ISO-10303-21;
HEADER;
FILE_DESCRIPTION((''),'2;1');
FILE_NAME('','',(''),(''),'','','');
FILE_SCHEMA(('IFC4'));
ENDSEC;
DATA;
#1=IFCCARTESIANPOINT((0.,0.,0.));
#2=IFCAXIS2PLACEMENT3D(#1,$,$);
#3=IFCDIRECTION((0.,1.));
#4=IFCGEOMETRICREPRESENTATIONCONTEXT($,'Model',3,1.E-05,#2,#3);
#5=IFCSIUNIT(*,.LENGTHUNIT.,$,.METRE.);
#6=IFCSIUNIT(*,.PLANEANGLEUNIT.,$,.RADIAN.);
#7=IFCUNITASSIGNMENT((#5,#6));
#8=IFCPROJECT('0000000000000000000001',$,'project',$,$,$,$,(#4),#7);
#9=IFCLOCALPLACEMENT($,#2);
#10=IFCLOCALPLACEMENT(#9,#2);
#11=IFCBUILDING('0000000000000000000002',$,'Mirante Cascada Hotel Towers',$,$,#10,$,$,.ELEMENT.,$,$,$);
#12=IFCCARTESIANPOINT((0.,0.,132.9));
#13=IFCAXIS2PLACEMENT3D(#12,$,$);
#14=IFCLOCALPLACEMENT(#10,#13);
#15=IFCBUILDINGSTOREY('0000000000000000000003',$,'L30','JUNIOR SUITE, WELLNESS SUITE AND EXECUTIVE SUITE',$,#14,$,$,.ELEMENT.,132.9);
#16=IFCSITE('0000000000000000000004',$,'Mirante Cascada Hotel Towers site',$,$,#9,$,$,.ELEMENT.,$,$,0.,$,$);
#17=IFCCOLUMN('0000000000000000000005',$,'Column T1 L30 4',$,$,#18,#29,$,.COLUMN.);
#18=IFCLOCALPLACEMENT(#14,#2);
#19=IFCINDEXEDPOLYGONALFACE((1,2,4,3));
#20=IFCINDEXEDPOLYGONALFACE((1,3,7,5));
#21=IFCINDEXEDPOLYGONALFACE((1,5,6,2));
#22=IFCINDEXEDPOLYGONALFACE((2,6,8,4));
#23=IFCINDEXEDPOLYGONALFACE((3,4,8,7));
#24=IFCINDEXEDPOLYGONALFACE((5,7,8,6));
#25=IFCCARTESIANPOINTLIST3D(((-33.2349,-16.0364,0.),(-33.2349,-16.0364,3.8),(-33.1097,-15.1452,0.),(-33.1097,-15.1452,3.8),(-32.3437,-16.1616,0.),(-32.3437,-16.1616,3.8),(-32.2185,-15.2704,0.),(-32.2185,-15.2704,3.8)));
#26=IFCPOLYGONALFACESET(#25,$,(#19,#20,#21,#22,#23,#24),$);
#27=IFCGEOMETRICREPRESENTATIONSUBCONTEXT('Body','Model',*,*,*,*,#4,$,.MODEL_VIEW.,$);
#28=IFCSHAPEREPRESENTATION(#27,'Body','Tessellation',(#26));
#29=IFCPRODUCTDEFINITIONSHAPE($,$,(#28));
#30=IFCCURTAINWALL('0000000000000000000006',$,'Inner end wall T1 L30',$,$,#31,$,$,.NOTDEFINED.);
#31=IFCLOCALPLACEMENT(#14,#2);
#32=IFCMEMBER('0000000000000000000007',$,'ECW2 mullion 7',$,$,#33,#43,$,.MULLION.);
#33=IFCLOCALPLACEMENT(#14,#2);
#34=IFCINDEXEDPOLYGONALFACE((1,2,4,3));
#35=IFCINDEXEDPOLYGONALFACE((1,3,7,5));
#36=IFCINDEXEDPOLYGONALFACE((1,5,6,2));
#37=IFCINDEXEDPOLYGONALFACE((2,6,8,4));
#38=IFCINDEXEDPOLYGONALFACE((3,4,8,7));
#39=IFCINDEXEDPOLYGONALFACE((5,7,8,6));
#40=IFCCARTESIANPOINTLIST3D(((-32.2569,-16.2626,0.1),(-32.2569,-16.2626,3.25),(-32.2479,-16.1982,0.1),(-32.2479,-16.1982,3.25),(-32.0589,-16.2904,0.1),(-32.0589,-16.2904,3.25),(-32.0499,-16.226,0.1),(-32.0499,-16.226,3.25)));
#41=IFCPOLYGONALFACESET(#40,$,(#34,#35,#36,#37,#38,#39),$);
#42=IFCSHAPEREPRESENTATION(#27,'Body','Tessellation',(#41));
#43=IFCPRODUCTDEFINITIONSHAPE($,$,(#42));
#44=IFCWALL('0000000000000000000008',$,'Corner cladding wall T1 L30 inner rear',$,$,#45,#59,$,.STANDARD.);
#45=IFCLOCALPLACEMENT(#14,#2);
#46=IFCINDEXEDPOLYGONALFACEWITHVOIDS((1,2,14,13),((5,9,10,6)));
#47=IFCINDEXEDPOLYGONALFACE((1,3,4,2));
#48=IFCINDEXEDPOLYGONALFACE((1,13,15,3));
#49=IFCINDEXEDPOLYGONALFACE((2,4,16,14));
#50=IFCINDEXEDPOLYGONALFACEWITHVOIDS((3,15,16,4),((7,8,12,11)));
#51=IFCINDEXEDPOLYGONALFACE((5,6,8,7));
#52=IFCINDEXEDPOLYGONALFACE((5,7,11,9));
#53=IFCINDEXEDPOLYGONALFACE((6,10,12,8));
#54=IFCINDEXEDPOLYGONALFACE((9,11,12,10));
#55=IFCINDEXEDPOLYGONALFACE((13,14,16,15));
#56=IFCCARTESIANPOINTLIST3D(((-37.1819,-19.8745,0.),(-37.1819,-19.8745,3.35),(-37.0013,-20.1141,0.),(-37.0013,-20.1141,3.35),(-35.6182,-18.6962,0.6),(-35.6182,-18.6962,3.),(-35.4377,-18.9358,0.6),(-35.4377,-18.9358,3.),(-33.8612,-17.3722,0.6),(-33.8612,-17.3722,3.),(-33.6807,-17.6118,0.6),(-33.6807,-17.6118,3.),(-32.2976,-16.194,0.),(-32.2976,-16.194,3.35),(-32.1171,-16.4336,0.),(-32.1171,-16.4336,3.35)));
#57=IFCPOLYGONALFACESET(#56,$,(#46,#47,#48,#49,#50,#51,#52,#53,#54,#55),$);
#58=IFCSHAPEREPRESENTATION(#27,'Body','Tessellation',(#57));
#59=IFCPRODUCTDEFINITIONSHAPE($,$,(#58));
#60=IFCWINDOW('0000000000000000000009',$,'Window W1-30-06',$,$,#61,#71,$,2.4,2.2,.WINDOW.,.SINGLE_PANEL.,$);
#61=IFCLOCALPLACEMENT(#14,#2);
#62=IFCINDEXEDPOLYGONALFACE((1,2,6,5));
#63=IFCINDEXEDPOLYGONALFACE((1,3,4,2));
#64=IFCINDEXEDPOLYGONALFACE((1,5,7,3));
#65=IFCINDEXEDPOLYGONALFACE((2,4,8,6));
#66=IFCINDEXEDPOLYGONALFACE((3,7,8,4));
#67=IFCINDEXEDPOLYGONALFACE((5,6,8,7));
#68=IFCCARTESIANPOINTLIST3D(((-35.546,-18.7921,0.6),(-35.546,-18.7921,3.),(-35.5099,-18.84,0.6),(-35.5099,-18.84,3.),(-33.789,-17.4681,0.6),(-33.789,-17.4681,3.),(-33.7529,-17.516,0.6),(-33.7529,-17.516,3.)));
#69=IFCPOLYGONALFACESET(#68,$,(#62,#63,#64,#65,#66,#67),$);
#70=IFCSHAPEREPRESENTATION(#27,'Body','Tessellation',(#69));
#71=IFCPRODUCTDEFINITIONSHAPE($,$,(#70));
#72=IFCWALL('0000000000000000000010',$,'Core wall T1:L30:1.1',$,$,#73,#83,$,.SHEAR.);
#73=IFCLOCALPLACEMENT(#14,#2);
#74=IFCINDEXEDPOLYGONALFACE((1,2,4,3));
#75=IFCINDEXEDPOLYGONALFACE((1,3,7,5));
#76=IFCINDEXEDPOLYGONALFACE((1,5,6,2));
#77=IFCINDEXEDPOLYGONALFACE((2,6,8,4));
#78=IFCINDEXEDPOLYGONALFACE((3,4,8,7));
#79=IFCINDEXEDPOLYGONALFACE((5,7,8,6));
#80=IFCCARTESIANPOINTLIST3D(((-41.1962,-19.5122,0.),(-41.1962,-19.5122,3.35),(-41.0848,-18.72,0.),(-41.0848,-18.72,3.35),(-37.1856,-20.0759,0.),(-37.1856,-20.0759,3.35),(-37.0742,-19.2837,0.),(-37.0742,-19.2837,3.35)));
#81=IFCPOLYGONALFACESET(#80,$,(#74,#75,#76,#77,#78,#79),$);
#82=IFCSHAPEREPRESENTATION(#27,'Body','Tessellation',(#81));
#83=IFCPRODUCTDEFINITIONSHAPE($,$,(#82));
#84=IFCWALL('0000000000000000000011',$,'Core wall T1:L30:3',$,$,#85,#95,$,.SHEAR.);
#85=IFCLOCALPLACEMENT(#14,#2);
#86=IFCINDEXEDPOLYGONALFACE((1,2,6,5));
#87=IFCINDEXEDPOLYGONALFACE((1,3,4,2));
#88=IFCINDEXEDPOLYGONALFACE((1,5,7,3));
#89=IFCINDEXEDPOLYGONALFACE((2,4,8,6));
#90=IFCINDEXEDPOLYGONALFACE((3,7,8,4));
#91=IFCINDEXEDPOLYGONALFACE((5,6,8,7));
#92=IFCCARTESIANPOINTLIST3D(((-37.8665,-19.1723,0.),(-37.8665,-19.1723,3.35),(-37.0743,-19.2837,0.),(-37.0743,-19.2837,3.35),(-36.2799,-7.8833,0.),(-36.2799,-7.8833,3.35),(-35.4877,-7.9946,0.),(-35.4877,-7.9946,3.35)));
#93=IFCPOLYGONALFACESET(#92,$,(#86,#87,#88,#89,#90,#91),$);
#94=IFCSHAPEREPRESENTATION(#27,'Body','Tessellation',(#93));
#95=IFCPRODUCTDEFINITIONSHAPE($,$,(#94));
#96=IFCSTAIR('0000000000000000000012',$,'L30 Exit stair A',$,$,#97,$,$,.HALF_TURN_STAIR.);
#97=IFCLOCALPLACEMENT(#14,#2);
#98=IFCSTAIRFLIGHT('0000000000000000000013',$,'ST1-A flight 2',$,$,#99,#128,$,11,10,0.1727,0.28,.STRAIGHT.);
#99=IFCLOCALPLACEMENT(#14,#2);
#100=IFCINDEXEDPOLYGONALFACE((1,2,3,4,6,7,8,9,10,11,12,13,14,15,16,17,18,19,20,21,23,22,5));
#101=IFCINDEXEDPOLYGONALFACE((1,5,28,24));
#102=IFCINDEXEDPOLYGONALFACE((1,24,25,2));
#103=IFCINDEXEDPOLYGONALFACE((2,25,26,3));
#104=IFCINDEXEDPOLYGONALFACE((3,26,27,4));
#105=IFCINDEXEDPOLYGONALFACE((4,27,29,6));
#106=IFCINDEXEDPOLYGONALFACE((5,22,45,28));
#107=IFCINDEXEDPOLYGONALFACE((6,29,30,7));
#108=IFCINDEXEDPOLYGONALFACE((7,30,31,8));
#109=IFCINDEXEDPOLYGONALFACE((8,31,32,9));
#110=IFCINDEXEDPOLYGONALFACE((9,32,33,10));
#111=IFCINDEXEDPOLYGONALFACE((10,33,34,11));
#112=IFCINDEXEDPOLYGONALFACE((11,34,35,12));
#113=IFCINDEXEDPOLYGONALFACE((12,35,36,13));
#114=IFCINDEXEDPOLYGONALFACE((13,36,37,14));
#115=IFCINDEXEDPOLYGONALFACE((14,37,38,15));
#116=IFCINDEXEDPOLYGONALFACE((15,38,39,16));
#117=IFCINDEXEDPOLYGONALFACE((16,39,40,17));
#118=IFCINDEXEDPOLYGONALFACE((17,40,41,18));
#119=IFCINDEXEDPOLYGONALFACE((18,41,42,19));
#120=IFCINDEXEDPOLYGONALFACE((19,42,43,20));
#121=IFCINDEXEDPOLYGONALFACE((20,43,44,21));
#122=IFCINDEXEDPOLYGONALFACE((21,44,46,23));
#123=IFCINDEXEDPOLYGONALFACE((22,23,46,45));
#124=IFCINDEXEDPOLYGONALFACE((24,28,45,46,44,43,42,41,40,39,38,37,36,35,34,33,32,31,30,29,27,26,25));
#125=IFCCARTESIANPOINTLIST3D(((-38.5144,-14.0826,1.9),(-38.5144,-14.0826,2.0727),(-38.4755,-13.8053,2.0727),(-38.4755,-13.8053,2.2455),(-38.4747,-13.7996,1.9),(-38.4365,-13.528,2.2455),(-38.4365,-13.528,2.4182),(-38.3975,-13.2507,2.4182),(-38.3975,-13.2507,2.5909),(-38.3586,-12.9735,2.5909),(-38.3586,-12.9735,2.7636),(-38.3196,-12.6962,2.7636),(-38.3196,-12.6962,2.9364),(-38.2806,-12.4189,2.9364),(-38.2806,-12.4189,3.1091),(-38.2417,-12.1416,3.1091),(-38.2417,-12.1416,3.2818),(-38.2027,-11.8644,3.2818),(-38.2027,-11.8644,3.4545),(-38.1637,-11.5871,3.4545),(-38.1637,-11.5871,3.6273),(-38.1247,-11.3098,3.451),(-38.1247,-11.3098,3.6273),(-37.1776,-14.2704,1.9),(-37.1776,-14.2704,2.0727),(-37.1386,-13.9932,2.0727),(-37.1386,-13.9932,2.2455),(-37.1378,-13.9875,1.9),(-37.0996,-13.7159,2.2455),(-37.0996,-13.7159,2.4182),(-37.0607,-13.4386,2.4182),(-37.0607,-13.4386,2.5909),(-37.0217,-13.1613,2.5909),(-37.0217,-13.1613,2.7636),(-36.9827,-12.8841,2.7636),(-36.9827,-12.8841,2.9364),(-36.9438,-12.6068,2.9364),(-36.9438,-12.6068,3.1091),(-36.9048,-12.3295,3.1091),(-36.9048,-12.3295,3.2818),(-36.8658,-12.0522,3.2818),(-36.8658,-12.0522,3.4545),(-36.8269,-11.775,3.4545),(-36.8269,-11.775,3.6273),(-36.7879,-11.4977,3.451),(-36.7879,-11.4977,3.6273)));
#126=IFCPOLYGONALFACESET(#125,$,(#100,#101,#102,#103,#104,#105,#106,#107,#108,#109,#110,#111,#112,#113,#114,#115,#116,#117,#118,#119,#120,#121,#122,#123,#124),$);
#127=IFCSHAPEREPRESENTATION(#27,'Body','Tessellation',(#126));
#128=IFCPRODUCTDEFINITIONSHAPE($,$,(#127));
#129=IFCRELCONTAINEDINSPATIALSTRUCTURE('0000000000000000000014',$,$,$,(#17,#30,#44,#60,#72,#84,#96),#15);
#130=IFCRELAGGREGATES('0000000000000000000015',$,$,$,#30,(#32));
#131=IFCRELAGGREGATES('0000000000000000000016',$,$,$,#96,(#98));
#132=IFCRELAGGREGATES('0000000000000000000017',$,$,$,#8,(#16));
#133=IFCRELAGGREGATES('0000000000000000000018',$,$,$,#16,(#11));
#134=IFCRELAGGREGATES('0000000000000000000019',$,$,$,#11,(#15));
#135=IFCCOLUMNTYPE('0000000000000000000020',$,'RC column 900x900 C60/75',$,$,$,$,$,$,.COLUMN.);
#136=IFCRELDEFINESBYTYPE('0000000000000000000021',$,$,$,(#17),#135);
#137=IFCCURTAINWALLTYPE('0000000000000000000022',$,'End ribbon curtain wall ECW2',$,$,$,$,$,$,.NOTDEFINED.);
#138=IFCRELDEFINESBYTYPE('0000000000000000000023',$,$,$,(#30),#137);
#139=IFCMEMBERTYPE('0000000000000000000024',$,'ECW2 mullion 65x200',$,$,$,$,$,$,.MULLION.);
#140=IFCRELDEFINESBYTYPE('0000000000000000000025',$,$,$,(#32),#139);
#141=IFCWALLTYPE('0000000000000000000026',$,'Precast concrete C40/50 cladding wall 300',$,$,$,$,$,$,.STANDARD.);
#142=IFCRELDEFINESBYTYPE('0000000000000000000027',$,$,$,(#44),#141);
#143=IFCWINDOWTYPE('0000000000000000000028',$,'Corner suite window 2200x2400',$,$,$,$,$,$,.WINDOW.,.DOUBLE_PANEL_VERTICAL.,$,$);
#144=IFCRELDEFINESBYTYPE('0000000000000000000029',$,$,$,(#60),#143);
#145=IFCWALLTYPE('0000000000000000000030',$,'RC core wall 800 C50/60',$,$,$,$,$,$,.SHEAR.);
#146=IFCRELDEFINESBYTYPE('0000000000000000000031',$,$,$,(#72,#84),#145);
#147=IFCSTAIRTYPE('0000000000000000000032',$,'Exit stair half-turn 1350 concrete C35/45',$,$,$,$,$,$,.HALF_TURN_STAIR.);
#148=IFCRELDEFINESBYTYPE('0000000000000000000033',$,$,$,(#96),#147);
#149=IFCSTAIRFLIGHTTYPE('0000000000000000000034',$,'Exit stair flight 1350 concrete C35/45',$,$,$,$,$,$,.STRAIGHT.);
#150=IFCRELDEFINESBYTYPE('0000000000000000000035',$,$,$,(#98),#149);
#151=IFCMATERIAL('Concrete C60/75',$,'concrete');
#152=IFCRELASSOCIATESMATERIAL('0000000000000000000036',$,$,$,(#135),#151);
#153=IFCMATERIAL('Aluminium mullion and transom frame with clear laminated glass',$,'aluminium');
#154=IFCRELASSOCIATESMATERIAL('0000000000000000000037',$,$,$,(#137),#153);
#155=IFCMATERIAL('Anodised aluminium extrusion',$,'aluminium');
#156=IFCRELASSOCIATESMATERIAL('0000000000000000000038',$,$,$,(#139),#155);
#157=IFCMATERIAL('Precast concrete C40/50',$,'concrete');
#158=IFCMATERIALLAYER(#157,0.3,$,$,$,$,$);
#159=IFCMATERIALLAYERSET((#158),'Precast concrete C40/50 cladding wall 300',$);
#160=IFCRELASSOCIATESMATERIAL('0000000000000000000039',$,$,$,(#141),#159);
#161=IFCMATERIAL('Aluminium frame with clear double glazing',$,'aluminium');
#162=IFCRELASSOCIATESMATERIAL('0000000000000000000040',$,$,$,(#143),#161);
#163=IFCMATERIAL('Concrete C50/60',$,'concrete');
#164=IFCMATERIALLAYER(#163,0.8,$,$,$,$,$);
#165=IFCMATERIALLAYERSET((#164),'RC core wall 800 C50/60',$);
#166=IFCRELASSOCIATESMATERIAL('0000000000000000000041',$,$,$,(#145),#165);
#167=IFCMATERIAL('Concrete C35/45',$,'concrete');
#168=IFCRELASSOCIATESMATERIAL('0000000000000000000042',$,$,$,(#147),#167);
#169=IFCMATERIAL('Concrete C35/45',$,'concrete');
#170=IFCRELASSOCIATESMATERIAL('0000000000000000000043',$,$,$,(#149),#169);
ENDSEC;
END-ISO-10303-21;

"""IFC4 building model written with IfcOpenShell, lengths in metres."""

from ifc_helpers import new_model, si_unit, direction, frame, frame_2d, origin, origin_2d, place, context, subcontext, project, spatial, polyline, rectangle, outline, extrude, material, layer, layer_set, material_profile, profile_set, type_object, element, fill, aggregate, save


model = new_model("IFC4")

# Units and contexts
model_context = context("Model", 3, precision=1e-05, world=origin(), true_north=direction((0.0, 1.0)))
body_context = subcontext(model_context, "Body", "Model", "MODEL_VIEW")
ifc_project = project(units=[si_unit("LENGTHUNIT", "METRE"), si_unit("PLANEANGLEUNIT", "RADIAN")], contexts=[model_context])

# Site, building, storey
site_placement = place(None, origin())
site = spatial("IfcSite", under=ifc_project, at=site_placement, Name="Mirante Cascada Hotel Towers site", CompositionType="ELEMENT", RefElevation=0.0)
building_placement = place(site_placement, origin())
building = spatial("IfcBuilding", under=site, at=building_placement, Name="Mirante Cascada Hotel Towers", CompositionType="ELEMENT")
storey_placement = place(building_placement, frame((0.0, 0.0, 132.9)))
storey = spatial("IfcBuildingStorey", under=building, at=storey_placement, Name="L30", Description="JUNIOR SUITE, WELLNESS SUITE AND EXECUTIVE SUITE", CompositionType="ELEMENT", Elevation=132.9)

# Column
ifc_material_1 = material(Name="Concrete C60/75", Category="concrete")
ifc_material_profile_1 = material_profile(ifc_material_1, rectangle(XDim=0.9, YDim=0.9, at=origin_2d()), Name="RC column 900x900 C60/75")
ifc_profile_set_1 = profile_set([ifc_material_profile_1], Name="Concrete C60/75")
column_type = type_object("IfcColumnType", Name="RC column 900x900 C60/75", PredefinedType="COLUMN", material=ifc_profile_set_1)
column_placement = place(storey_placement, frame((-32.7267, -15.6534, 0.0), z_axis=(0.0, 0.0, 1.0), x_axis=(-0.990268, 0.139173, 0.0)))
element("IfcColumn", 1, at=column_placement, inside=storey, type_object=column_type, Name="Column T1 L30 4", PredefinedType="COLUMN", context=body_context, shape_type="SweptSolid", body=[
    extrude(rectangle(XDim=0.9, YDim=0.9, at=origin_2d()), origin(), (0.0, 0.0, 1.0), 3.8),
])

# Curtain wall, member
ifc_material_2 = material(Name="Aluminium mullion and transom frame with clear laminated glass", Category="aluminium")
curtain_wall_type = type_object("IfcCurtainWallType", Name="End ribbon curtain wall ECW2", PredefinedType="NOTDEFINED", material=ifc_material_2)
curtain_wall_placement = place(storey_placement, origin())
curtain_wall = element("IfcCurtainWall", 2, at=curtain_wall_placement, inside=storey, type_object=curtain_wall_type, Name="Inner end wall T1 L30", PredefinedType="NOTDEFINED")
ifc_material_3 = material(Name="Anodised aluminium extrusion", Category="aluminium")
ifc_material_profile_2 = material_profile(ifc_material_3, rectangle(XDim=0.2, YDim=0.065, at=origin_2d()), Name="ECW2 MULLION 65x200")
ifc_profile_set_2 = profile_set([ifc_material_profile_2], Name="Anodised aluminium extrusion")
member_type = type_object("IfcMemberType", Name="ECW2 mullion 65x200", PredefinedType="MULLION", material=ifc_profile_set_2)
member_placement = place(storey_placement, frame((-32.1534, -16.2443, 0.1), z_axis=(0.0, 0.0, 1.0), x_axis=(0.990268, -0.139173, 0.0)))
member = element("IfcMember", 3, at=member_placement, type_object=member_type, Name="ECW2 mullion 7", PredefinedType="MULLION", context=body_context, shape_type="SweptSolid", body=[
    extrude(rectangle(XDim=0.2, YDim=0.065, at=origin_2d()), origin(), (0.0, 0.0, 1.0), 3.15),
])
aggregate(curtain_wall, [member])

# Wall, opening, window
ifc_material_4 = material(Name="Precast concrete C40/50", Category="concrete")
ifc_layer_1 = layer(ifc_material_4, 0.3)
ifc_layer_set_1 = layer_set([ifc_layer_1], Name="Precast concrete C40/50 cladding wall 300")
wall_type_1 = type_object("IfcWallType", Name="Precast concrete C40/50 cladding wall 300", PredefinedType="STANDARD", material=ifc_layer_set_1)
wall_1_placement = place(storey_placement, frame((-32.2074, -16.3138, 0.0), z_axis=(0.0, 0.0, 1.0), x_axis=(-0.798636, -0.601814, 0.0)))
wall_1 = element("IfcWall", 4, at=wall_1_placement, inside=storey, type_object=wall_type_1, Name="Corner cladding wall T1 L30 inner rear", PredefinedType="STANDARD", context=body_context, shape_type="SweptSolid", body=[
    extrude(rectangle(XDim=6.1157, YDim=0.3, at=frame_2d((3.0578, 0.0))), origin(), (0.0, 0.0, 1.0), 3.35),
])
opening_placement = place(wall_1_placement, frame((1.9578, 0.0, 0.6)))
opening = element("IfcOpeningElement", 5, at=opening_placement, cuts=wall_1, PredefinedType="OPENING", context=body_context, shape_type="SweptSolid", body=[
    extrude(rectangle(XDim=2.2, YDim=2.4, at=frame_2d((1.1, 1.2))), frame((0.0, 0.15, 0.0), z_axis=(0.0, -1.0, 0.0), x_axis=(1.0, 0.0, 0.0)), (0.0, 0.0, 1.0), 0.3),
])
ifc_material_5 = material(Name="Aluminium frame with clear double glazing", Category="aluminium")
window_type = type_object("IfcWindowType", Name="Corner suite window 2200x2400", PartitioningType="DOUBLE_PANEL_VERTICAL", PredefinedType="WINDOW", material=ifc_material_5)
window_placement = place(opening_placement, origin())
window = element("IfcWindow", 6, at=window_placement, inside=storey, type_object=window_type, Name="Window W1-30-06", OverallHeight=2.4, OverallWidth=2.2, PartitioningType="SINGLE_PANEL", PredefinedType="WINDOW", context=body_context, shape_type="SweptSolid", body=[
    extrude(rectangle(XDim=2.2, YDim=2.4, at=frame_2d((1.1, 1.2))), frame((0.0, 0.03, 0.0), z_axis=(0.0, -1.0, 0.0), x_axis=(1.0, 0.0, 0.0)), (0.0, 0.0, 1.0), 0.06),
])
fill(opening, window)

# Walls
ifc_material_6 = material(Name="Concrete C50/60", Category="concrete")
ifc_layer_2 = layer(ifc_material_6, 0.8)
ifc_layer_set_2 = layer_set([ifc_layer_2], Name="RC core wall 800 C50/60")
wall_type_2 = type_object("IfcWallType", Name="RC core wall 800 C50/60", PredefinedType="SHEAR", material=ifc_layer_set_2)
wall_2_placement = place(storey_placement, frame((-37.1299, -19.6798, 0.0), z_axis=(0.0, 0.0, 1.0), x_axis=(-0.990267, 0.139184, 0.0)))
element("IfcWall", 7, at=wall_2_placement, inside=storey, type_object=wall_type_2, Name="Core wall T1:L30:1.1", PredefinedType="SHEAR", context=body_context, shape_type="SweptSolid", body=[
    extrude(rectangle(XDim=4.05, YDim=0.8, at=frame_2d((2.025, 0.0))), origin(), (0.0, 0.0, 1.0), 3.35),
])
wall_3_placement = place(storey_placement, frame((-37.4704, -19.228, 0.0), z_axis=(0.0, 0.0, 1.0), x_axis=(0.139175, 0.990268, 0.0)))
element("IfcWall", 8, at=wall_3_placement, inside=storey, type_object=wall_type_2, Name="Core wall T1:L30:3", PredefinedType="SHEAR", context=body_context, shape_type="SweptSolid", body=[
    extrude(rectangle(XDim=11.4, YDim=0.8, at=frame_2d((5.7, 0.0))), origin(), (0.0, 0.0, 1.0), 3.35),
])

# Stair, stair flight
ifc_material_7 = material(Name="Concrete C35/45", Category="concrete")
stair_type = type_object("IfcStairType", Name="Exit stair half-turn 1350 concrete C35/45", PredefinedType="HALF_TURN_STAIR", material=ifc_material_7)
stair_placement = place(storey_placement, origin())
stair = element("IfcStair", 9, at=stair_placement, inside=storey, type_object=stair_type, Name="L30 Exit stair A", PredefinedType="HALF_TURN_STAIR")
ifc_material_8 = material(Name="Concrete C35/45", Category="concrete")
stair_flight_type = type_object("IfcStairFlightType", Name="Exit stair flight 1350 concrete C35/45", PredefinedType="STRAIGHT", material=ifc_material_8)
stair_flight_placement = place(storey_placement, frame((-37.846, -14.1765, 1.9), z_axis=(0.0, 0.0, 1.0), x_axis=(0.139173, 0.990268, 0.0)))
stair_flight = element("IfcStairFlight", 10, at=stair_flight_placement, type_object=stair_flight_type, Name="ST1-A flight 2", NumberOfRisers=11, NumberOfTreads=10, PredefinedType="STRAIGHT", RiserHeight=0.1727, TreadLength=0.28, context=body_context, shape_type="SweptSolid", body=[
    extrude(outline(polyline([(0.0, 0.0), (0.0, 0.1727), (0.28, 0.1727), (0.28, 0.3455), (0.56, 0.3455), (0.56, 0.5182), (0.84, 0.5182), (0.84, 0.6909), (1.12, 0.6909), (1.12, 0.8636), (1.4, 0.8636), (1.4, 1.0364), (1.68, 1.0364), (1.68, 1.2091), (1.96, 1.2091), (1.96, 1.3818), (2.24, 1.3818), (2.24, 1.5545), (2.52, 1.5545), (2.52, 1.7273), (2.8, 1.7273), (2.8, 1.9), (2.8, 1.551), (0.2857, 0.0), (0.0, 0.0)])), frame((0.0, 0.675, 0.0), z_axis=(0.0, -1.0, 0.0), x_axis=(1.0, 0.0, 0.0)), (0.0, 0.0, 1.0), 1.35),
])
aggregate(stair, [stair_flight])

save(model, "model.ifc")
